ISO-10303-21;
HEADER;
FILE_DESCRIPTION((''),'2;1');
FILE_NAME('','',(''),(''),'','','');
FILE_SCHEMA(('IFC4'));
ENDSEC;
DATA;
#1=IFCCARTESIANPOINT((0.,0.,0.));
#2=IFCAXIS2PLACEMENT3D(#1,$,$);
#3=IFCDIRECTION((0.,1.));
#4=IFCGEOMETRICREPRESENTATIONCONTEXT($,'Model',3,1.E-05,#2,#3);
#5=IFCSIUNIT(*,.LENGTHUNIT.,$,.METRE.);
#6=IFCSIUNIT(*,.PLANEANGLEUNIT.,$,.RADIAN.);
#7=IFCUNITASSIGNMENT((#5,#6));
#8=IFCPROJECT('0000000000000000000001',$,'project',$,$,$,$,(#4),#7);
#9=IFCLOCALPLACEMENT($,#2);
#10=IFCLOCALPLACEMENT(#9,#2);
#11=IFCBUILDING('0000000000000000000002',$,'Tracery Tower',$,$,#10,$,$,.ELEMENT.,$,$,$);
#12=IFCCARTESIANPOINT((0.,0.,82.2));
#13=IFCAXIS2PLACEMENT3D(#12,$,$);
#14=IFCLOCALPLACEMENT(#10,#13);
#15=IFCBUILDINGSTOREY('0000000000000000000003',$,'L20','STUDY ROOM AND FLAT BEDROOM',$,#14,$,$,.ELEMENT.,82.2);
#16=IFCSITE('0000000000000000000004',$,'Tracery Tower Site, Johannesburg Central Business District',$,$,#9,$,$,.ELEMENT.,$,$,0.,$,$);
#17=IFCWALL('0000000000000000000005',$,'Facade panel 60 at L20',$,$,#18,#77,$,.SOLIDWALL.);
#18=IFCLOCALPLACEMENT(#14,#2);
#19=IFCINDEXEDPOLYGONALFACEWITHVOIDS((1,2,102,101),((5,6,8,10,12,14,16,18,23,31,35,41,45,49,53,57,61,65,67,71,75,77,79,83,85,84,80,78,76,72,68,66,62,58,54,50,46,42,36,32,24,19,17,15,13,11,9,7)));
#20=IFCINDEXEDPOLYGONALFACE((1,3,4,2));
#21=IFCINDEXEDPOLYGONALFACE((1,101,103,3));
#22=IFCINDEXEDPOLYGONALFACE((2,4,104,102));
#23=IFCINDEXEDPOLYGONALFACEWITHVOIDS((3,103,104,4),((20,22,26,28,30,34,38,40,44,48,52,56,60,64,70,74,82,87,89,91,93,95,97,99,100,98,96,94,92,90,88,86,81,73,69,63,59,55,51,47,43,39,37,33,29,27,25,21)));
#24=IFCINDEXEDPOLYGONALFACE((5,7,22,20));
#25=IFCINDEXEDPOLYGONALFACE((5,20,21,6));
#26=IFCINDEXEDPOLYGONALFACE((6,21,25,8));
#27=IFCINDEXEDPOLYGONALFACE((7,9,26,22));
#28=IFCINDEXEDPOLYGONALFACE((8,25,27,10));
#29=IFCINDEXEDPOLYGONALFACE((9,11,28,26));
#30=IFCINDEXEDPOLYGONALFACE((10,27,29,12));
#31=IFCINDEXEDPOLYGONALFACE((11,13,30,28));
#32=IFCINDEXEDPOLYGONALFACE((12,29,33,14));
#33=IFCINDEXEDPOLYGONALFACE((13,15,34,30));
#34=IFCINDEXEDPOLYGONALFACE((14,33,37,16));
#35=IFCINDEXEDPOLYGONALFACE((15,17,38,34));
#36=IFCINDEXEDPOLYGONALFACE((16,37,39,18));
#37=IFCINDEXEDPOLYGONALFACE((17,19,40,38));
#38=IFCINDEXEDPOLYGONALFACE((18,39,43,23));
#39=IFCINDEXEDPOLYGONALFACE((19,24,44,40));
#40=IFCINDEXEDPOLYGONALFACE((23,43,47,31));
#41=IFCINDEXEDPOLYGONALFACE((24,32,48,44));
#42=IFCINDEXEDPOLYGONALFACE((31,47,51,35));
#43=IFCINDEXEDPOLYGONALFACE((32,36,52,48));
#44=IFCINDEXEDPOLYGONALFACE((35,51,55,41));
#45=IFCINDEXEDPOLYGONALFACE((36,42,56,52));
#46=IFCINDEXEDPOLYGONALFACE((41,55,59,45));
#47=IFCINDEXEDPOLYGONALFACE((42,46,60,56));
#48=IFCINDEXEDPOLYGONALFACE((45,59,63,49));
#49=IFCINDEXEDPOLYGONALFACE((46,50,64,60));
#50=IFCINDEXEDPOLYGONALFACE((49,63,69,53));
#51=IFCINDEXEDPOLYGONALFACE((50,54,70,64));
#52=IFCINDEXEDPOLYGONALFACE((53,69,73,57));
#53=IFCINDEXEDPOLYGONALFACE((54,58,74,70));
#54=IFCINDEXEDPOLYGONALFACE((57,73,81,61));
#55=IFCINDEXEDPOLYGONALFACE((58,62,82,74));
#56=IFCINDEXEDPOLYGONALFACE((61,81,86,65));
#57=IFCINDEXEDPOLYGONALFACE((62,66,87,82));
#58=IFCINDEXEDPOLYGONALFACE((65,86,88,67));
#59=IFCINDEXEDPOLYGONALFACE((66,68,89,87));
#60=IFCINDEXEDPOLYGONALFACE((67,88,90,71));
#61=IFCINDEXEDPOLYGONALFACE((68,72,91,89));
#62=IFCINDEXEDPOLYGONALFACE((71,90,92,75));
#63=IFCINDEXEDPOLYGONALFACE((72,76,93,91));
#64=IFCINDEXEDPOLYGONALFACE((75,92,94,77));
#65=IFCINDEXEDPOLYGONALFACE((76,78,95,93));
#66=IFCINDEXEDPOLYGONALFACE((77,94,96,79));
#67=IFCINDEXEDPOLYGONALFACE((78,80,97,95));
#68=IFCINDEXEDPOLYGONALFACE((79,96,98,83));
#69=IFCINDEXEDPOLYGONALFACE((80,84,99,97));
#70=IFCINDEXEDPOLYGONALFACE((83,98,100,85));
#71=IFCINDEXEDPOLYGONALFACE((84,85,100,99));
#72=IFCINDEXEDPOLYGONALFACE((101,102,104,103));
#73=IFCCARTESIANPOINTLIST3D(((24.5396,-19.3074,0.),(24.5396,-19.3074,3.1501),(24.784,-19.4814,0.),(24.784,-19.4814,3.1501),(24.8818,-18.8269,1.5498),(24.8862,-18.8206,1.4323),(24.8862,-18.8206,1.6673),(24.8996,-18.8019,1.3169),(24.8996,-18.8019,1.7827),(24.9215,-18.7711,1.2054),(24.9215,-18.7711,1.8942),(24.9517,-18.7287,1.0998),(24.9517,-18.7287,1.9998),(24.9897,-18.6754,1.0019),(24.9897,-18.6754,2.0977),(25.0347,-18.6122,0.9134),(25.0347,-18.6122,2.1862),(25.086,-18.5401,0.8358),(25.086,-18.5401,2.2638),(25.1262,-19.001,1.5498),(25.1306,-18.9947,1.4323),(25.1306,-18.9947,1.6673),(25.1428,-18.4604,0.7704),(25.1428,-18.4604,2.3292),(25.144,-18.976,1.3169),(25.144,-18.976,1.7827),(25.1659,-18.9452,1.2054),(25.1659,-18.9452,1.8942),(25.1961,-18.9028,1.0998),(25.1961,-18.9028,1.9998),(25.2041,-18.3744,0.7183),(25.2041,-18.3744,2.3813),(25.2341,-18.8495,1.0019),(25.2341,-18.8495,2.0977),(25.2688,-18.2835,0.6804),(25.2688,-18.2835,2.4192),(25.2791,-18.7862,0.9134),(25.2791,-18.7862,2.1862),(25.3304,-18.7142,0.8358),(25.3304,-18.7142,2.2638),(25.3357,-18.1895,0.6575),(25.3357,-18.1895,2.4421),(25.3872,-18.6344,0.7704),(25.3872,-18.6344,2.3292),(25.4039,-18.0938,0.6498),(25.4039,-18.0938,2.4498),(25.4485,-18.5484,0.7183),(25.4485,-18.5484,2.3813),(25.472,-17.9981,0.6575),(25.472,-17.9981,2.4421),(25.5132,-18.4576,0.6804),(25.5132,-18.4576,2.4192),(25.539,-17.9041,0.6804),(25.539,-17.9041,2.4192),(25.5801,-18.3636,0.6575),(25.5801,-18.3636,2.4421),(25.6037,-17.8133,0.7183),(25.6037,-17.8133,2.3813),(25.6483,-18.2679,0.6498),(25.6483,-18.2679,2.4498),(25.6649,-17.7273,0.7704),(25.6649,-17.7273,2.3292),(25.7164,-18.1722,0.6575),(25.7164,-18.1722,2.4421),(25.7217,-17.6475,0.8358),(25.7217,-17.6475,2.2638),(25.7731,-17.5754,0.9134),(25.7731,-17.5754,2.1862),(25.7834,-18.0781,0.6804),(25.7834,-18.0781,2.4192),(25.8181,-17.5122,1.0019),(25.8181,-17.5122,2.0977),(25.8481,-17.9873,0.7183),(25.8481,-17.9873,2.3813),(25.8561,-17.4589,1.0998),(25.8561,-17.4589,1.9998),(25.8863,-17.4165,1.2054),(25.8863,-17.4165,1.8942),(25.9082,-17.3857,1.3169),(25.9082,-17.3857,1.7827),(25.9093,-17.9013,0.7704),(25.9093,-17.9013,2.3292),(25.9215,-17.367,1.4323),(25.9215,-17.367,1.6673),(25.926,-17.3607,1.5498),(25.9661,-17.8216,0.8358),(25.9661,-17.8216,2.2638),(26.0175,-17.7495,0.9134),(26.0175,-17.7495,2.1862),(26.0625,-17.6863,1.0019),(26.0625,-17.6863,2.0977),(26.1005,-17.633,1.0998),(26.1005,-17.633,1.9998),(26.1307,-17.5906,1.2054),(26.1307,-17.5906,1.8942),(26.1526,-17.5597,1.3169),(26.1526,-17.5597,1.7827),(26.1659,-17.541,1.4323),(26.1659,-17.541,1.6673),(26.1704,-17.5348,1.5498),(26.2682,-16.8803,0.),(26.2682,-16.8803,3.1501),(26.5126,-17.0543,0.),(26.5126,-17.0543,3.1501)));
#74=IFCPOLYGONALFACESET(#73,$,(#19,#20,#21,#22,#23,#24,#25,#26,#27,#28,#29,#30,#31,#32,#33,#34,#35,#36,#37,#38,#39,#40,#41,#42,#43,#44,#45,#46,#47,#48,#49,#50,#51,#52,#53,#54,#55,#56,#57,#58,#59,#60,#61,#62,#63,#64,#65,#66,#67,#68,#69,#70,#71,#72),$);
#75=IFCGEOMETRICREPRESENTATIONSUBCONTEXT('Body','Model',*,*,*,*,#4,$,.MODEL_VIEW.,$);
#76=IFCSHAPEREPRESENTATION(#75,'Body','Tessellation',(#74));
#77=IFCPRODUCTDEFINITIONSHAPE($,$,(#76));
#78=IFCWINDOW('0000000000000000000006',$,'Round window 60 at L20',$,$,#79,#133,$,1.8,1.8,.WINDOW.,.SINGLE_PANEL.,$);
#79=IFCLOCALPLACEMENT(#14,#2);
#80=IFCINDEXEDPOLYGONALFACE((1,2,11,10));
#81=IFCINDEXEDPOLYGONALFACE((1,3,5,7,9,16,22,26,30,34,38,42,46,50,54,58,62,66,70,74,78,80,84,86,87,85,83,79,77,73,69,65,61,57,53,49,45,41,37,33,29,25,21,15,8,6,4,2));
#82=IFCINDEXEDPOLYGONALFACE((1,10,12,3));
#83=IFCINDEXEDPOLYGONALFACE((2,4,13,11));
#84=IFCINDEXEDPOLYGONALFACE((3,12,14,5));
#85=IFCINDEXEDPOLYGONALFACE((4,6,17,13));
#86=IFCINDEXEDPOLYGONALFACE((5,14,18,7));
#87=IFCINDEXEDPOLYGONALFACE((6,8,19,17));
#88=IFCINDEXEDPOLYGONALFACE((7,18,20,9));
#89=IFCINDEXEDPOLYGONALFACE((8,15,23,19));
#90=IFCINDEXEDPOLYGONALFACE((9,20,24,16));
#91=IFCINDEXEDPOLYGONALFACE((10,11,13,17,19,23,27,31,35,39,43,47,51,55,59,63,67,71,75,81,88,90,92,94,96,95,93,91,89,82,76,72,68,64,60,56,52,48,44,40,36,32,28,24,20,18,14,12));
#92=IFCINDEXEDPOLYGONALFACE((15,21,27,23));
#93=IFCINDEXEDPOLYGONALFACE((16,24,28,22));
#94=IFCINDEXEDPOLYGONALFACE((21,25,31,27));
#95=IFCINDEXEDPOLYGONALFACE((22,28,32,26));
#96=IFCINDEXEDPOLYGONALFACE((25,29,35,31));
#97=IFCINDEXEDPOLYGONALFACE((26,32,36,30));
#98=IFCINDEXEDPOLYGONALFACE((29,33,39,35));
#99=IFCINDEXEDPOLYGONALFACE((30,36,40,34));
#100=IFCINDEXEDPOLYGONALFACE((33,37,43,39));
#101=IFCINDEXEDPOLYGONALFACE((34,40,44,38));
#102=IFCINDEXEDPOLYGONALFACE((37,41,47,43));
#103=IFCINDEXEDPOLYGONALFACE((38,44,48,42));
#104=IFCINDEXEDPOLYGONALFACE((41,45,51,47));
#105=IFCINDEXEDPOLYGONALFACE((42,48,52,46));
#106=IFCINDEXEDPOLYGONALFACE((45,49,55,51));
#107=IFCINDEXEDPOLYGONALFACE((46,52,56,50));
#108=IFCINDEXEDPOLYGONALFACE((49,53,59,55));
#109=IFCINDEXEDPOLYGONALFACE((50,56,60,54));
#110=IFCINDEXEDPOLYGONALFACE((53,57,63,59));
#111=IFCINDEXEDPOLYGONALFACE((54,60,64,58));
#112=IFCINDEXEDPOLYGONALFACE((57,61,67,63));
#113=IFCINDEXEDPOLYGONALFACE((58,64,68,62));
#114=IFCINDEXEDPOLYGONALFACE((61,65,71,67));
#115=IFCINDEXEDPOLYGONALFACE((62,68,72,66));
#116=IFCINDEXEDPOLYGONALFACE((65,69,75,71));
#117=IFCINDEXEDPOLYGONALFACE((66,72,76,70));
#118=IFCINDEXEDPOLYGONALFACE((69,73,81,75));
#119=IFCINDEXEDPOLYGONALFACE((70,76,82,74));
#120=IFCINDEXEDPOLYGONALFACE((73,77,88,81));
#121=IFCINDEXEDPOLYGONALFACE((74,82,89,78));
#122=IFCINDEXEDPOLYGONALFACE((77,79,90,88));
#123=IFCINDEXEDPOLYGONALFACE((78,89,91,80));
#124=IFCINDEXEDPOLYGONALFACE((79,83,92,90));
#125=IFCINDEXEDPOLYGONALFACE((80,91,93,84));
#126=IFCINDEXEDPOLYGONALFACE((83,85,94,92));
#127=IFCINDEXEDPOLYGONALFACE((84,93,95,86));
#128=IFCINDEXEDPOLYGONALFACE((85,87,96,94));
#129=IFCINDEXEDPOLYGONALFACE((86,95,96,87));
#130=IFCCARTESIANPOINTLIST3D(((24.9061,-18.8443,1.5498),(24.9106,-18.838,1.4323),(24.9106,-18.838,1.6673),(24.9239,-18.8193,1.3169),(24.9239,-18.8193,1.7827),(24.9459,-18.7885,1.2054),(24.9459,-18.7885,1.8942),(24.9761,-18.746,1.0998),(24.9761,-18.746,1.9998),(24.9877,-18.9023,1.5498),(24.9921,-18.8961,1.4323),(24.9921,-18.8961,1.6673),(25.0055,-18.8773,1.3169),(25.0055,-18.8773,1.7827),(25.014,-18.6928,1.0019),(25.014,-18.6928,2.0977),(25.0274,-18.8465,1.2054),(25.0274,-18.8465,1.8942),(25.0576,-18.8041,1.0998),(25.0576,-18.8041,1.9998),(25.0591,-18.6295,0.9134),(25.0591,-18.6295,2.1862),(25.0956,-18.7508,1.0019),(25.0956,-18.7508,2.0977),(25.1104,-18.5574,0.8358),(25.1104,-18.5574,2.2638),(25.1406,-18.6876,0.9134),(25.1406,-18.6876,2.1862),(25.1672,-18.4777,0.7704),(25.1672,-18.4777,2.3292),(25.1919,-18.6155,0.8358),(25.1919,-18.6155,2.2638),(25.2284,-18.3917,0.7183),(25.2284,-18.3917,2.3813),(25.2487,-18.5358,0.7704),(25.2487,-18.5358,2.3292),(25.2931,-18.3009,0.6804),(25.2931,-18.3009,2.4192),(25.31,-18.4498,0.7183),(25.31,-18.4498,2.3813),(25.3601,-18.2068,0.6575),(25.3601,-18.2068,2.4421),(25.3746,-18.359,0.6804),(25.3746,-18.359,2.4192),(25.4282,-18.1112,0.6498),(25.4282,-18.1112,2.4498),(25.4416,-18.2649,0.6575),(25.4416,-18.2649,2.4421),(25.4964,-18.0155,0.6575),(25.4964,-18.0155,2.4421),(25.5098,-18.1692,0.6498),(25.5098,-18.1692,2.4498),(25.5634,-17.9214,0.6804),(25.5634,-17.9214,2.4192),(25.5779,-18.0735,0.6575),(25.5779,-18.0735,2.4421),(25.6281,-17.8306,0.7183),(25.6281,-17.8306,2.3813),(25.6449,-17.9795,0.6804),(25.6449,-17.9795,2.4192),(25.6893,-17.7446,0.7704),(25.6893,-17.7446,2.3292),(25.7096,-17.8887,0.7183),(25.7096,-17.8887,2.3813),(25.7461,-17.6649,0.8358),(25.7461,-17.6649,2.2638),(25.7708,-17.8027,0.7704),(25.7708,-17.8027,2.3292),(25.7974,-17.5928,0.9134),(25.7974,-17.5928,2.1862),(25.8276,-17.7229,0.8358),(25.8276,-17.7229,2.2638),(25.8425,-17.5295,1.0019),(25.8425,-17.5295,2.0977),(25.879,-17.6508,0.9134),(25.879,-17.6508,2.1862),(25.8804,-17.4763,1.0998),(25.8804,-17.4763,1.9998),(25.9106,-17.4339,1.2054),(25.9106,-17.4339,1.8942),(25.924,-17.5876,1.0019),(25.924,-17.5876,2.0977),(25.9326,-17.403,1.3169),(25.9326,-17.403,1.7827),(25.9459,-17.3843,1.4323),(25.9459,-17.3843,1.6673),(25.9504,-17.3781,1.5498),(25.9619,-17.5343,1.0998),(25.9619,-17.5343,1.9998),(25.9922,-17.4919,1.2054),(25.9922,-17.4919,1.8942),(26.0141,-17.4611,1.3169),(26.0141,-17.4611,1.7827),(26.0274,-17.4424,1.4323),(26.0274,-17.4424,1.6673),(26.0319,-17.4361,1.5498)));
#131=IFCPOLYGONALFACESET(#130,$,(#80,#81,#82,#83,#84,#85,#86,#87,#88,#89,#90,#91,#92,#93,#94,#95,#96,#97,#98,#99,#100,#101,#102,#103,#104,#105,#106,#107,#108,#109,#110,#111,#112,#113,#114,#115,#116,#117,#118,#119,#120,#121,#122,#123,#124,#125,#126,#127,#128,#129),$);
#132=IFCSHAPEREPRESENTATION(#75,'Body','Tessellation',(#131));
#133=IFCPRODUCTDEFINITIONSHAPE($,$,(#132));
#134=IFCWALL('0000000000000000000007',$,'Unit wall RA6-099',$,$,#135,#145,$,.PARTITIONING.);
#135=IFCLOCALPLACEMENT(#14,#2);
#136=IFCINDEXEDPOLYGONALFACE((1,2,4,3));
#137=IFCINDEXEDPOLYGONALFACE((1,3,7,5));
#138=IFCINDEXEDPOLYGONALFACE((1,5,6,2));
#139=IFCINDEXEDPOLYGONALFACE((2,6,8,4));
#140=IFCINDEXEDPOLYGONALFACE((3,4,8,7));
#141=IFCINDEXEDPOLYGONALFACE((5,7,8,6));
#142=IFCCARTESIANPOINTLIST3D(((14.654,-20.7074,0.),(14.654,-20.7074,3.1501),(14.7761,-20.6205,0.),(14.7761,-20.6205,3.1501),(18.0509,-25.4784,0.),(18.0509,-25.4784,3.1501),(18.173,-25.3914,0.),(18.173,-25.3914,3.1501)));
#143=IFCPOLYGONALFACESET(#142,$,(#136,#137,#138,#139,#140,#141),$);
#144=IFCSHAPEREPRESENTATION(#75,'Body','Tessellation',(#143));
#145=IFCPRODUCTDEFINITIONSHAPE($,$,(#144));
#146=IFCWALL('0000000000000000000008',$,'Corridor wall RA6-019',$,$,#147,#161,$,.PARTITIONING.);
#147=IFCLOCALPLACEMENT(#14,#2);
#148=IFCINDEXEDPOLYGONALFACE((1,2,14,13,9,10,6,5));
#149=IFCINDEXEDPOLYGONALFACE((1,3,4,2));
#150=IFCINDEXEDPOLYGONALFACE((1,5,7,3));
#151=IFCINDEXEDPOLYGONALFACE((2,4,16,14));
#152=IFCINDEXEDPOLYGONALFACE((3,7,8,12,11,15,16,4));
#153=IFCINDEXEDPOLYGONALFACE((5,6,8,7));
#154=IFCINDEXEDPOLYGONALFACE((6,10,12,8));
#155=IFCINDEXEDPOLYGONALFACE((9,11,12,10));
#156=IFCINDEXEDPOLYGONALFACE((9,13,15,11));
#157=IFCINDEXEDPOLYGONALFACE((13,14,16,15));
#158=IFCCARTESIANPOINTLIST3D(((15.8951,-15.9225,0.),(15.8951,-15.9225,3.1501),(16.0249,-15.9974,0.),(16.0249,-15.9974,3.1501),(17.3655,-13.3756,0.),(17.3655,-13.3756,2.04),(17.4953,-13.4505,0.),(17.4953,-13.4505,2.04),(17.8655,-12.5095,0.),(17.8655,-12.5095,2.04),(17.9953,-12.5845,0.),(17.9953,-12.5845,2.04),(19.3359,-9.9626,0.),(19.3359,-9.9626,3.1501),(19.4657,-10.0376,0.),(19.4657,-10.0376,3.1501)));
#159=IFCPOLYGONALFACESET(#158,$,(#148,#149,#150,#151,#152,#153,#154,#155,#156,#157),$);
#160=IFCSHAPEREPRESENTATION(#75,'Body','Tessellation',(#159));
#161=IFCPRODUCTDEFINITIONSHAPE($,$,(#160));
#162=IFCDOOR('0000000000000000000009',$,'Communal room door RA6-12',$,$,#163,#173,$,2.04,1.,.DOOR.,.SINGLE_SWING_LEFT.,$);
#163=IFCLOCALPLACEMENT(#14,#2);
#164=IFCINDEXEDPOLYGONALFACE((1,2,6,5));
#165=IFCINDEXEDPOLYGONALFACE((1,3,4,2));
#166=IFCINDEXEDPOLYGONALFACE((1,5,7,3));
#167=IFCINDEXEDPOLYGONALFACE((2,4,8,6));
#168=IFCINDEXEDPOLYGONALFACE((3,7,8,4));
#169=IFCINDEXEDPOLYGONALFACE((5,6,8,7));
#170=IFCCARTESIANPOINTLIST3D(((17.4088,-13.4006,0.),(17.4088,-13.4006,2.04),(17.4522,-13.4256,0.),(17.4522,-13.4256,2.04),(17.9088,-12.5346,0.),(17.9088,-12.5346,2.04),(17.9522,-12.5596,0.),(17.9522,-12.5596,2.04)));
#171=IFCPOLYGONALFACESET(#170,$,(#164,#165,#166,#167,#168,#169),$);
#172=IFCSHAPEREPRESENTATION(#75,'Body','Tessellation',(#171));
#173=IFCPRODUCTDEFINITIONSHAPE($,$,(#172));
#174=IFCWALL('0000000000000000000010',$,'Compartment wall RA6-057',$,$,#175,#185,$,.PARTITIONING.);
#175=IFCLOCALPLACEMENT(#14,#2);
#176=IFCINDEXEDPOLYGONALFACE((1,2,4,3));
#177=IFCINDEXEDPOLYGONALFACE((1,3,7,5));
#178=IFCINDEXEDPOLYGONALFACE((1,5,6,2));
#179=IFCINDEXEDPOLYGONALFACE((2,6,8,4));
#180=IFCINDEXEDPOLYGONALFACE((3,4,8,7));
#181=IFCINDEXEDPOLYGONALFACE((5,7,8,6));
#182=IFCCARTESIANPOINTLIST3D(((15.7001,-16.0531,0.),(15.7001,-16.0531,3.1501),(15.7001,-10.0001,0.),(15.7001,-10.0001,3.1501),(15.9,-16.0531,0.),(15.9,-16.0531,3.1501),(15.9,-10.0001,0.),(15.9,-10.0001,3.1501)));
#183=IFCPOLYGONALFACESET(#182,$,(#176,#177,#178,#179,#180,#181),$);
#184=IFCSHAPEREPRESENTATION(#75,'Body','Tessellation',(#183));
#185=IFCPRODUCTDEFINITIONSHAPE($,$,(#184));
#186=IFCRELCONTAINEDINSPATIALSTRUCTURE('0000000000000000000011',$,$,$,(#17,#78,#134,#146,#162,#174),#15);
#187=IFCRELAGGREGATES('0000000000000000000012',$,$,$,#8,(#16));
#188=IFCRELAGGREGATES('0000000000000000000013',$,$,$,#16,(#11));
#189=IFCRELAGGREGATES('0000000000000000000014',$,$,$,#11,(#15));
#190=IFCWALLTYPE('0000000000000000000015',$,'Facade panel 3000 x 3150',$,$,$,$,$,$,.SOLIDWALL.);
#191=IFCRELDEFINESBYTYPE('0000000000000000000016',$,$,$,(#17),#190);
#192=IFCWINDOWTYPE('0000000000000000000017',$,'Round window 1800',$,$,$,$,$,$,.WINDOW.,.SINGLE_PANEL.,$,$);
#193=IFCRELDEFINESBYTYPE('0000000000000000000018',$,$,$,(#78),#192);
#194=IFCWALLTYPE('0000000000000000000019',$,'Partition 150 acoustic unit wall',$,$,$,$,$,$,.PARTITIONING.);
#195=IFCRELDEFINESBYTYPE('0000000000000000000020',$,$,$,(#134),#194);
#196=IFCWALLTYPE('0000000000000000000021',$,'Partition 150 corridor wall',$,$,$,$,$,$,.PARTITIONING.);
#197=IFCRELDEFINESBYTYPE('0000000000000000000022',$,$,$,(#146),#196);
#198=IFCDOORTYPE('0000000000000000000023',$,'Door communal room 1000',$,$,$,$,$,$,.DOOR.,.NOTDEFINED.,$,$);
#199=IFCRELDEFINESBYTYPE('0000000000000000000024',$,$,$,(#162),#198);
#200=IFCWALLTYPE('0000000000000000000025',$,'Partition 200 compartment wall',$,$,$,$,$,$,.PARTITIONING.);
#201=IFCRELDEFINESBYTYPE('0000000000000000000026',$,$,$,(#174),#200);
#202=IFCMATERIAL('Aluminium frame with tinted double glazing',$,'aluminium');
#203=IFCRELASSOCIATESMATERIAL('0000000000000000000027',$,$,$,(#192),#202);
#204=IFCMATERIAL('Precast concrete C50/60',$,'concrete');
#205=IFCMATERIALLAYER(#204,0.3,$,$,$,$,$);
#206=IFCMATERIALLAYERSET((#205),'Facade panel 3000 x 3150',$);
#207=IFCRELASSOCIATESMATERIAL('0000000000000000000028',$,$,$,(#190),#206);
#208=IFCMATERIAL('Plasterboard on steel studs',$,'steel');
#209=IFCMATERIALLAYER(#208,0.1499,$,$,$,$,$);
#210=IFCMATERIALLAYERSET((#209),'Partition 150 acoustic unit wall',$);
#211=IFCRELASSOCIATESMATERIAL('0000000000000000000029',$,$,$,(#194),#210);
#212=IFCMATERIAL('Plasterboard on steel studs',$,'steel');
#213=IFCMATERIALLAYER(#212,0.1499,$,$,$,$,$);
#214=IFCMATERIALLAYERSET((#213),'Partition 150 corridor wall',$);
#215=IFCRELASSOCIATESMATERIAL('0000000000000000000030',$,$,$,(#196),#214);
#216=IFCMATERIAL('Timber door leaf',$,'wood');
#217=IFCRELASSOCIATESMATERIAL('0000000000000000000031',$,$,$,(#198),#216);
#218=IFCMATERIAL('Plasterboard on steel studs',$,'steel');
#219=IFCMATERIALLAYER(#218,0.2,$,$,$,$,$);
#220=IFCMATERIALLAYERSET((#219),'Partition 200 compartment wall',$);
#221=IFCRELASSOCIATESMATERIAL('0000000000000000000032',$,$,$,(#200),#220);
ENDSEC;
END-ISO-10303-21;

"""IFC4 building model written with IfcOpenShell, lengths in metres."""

from ifc_helpers import new_model, si_unit, direction, frame, frame_2d, origin, origin_2d, place, context, subcontext, project, spatial, rectangle, circle, extrude, material, layer, layer_set, type_object, element, fill, save


model = new_model("IFC4")

# Units and contexts
model_context = context("Model", 3, precision=1e-05, world=origin(), true_north=direction((0.0, 1.0)))
body_context = subcontext(model_context, "Body", "Model", "MODEL_VIEW")
ifc_project = project(units=[si_unit("LENGTHUNIT", "METRE"), si_unit("PLANEANGLEUNIT", "RADIAN")], contexts=[model_context])

# Site, building, storey
site_placement = place(None, origin())
site = spatial("IfcSite", under=ifc_project, at=site_placement, Name="Tracery Tower Site, Johannesburg Central Business District", CompositionType="ELEMENT", RefElevation=0.0)
building_placement = place(site_placement, origin())
building = spatial("IfcBuilding", under=site, at=building_placement, Name="Tracery Tower", CompositionType="ELEMENT")
storey_placement = place(building_placement, frame((0.0, 0.0, 82.2)))
storey = spatial("IfcBuildingStorey", under=building, at=storey_placement, Name="L20", Description="STUDY ROOM AND FLAT BEDROOM", CompositionType="ELEMENT", Elevation=82.2)

# Wall, opening, window
ifc_material_1 = material(Name="Aluminium frame with tinted double glazing", Category="aluminium")
window_type = type_object("IfcWindowType", Name="Round window 1800", PartitioningType="SINGLE_PANEL", PredefinedType="WINDOW", material=ifc_material_1)
ifc_material_2 = material(Name="Precast concrete C50/60", Category="concrete")
ifc_layer_1 = layer(ifc_material_2, 0.3)
ifc_layer_set_1 = layer_set([ifc_layer_1], Name="Facade panel 3000 x 3150")
wall_type_1 = type_object("IfcWallType", Name="Facade panel 3000 x 3150", PredefinedType="SOLIDWALL", material=ifc_layer_set_1)
wall_1_placement = place(storey_placement, frame((24.6619, -19.3943, 0.0), z_axis=(0.0, 0.0, 1.0), x_axis=(0.580114, 0.814535, 0.0)))
wall_1 = element("IfcWall", 1, at=wall_1_placement, inside=storey, type_object=wall_type_1, Name="Facade panel 60 at L20", PredefinedType="SOLIDWALL", context=body_context, shape_type="SweptSolid", body=[
    extrude(rectangle(XDim=2.9797, YDim=0.3, at=frame_2d((1.4897, 0.0))), origin(), (0.0, 0.0, 1.0), 3.1501),
])
opening_1_placement = place(wall_1_placement, frame((1.4897, 0.0, 1.5498)))
opening_1 = element("IfcOpeningElement", 2, at=opening_1_placement, cuts=wall_1, PredefinedType="OPENING", context=body_context, shape_type="SweptSolid", body=[
    extrude(circle(Radius=0.9, at=origin_2d()), frame((0.0, 0.1599, 0.0), z_axis=(0.0, -1.0, 0.0), x_axis=(1.0, 0.0, 0.0)), (0.0, 0.0, 1.0), 0.3201),
])
window_1_placement = place(opening_1_placement, origin())
window_1 = element("IfcWindow", 3, at=window_1_placement, inside=storey, type_object=window_type, Name="Round window 60 at L20", OverallHeight=1.8, OverallWidth=1.8, PartitioningType="SINGLE_PANEL", PredefinedType="WINDOW", context=body_context, shape_type="SweptSolid", body=[
    extrude(circle(Radius=0.9, at=origin_2d()), frame((0.0, 0.1201, 0.0), z_axis=(0.0, -1.0, 0.0), x_axis=(1.0, 0.0, 0.0)), (0.0, 0.0, 1.0), 0.1001),
])
fill(opening_1, window_1)

# Wall
ifc_material_3 = material(Name="Plasterboard on steel studs", Category="steel")
ifc_layer_2 = layer(ifc_material_3, 0.1499)
ifc_layer_set_2 = layer_set([ifc_layer_2], Name="Partition 150 acoustic unit wall")
wall_type_2 = type_object("IfcWallType", Name="Partition 150 acoustic unit wall", PredefinedType="PARTITIONING", material=ifc_layer_set_2)
wall_2_placement = place(storey_placement, frame((14.7151, -20.6641, 0.0), z_axis=(0.0, 0.0, 1.0), x_axis=(0.580007, -0.814611, 0.0)))
element("IfcWall", 4, at=wall_2_placement, inside=storey, type_object=wall_type_2, Name="Unit wall RA6-099", PredefinedType="PARTITIONING", context=body_context, shape_type="SweptSolid", body=[
    extrude(rectangle(XDim=5.8567, YDim=0.1499, at=frame_2d((2.9282, 0.0))), origin(), (0.0, 0.0, 1.0), 3.1501),
])

# Wall, opening, door
ifc_material_4 = material(Name="Plasterboard on steel studs", Category="steel")
ifc_layer_3 = layer(ifc_material_4, 0.1499)
ifc_layer_set_3 = layer_set([ifc_layer_3], Name="Partition 150 corridor wall")
wall_type_3 = type_object("IfcWallType", Name="Partition 150 corridor wall", PredefinedType="PARTITIONING", material=ifc_layer_set_3)
wall_3_placement = place(storey_placement, frame((15.96, -15.96, 0.0), z_axis=(0.0, 0.0, 1.0), x_axis=(0.499993, 0.86603, 0.0)))
wall_3 = element("IfcWall", 5, at=wall_3_placement, inside=storey, type_object=wall_type_3, Name="Corridor wall RA6-019", PredefinedType="PARTITIONING", context=body_context, shape_type="SweptSolid", body=[
    extrude(rectangle(XDim=6.8818, YDim=0.1499, at=frame_2d((3.4409, 0.0))), origin(), (0.0, 0.0, 1.0), 3.1501),
])
opening_2_placement = place(wall_3_placement, frame((2.9409, 0.0, 0.0)))
opening_2 = element("IfcOpeningElement", 6, at=opening_2_placement, cuts=wall_3, PredefinedType="OPENING", context=body_context, shape_type="SweptSolid", body=[
    extrude(rectangle(XDim=1.0, YDim=2.04, at=frame_2d((0.5, 1.02))), frame((0.0, 0.075, 0.0), z_axis=(0.0, -1.0, 0.0), x_axis=(1.0, 0.0, 0.0)), (0.0, 0.0, 1.0), 0.1499),
])
ifc_material_5 = material(Name="Timber door leaf", Category="wood")
door_type = type_object("IfcDoorType", Name="Door communal room 1000", OperationType="NOTDEFINED", PredefinedType="DOOR", material=ifc_material_5)
door_placement = place(opening_2_placement, origin())
door = element("IfcDoor", 7, at=door_placement, inside=storey, type_object=door_type, Name="Communal room door RA6-12", OperationType="SINGLE_SWING_LEFT", OverallHeight=2.04, OverallWidth=1.0, PredefinedType="DOOR", context=body_context, shape_type="SweptSolid", body=[
    extrude(rectangle(XDim=1.0, YDim=2.04, at=frame_2d((0.5, 1.02))), frame((0.0, 0.0249, 0.0), z_axis=(0.0, -1.0, 0.0), x_axis=(1.0, 0.0, 0.0)), (0.0, 0.0, 1.0), 0.05),
])
fill(opening_2, door)

# Wall
ifc_material_6 = material(Name="Plasterboard on steel studs", Category="steel")
ifc_layer_4 = layer(ifc_material_6, 0.2)
ifc_layer_set_4 = layer_set([ifc_layer_4], Name="Partition 200 compartment wall")
wall_type_4 = type_object("IfcWallType", Name="Partition 200 compartment wall", PredefinedType="PARTITIONING", material=ifc_layer_set_4)
wall_4_placement = place(storey_placement, frame((15.8, -16.053, 0.0), z_axis=(0.0, 0.0, 1.0), x_axis=(0.0, 1.0, 0.0)))
element("IfcWall", 8, at=wall_4_placement, inside=storey, type_object=wall_type_4, Name="Compartment wall RA6-057", PredefinedType="PARTITIONING", context=body_context, shape_type="SweptSolid", body=[
    extrude(rectangle(XDim=6.053, YDim=0.2, at=frame_2d((3.0264, 0.0))), origin(), (0.0, 0.0, 1.0), 3.1501),
])

save(model, "model.ifc")
